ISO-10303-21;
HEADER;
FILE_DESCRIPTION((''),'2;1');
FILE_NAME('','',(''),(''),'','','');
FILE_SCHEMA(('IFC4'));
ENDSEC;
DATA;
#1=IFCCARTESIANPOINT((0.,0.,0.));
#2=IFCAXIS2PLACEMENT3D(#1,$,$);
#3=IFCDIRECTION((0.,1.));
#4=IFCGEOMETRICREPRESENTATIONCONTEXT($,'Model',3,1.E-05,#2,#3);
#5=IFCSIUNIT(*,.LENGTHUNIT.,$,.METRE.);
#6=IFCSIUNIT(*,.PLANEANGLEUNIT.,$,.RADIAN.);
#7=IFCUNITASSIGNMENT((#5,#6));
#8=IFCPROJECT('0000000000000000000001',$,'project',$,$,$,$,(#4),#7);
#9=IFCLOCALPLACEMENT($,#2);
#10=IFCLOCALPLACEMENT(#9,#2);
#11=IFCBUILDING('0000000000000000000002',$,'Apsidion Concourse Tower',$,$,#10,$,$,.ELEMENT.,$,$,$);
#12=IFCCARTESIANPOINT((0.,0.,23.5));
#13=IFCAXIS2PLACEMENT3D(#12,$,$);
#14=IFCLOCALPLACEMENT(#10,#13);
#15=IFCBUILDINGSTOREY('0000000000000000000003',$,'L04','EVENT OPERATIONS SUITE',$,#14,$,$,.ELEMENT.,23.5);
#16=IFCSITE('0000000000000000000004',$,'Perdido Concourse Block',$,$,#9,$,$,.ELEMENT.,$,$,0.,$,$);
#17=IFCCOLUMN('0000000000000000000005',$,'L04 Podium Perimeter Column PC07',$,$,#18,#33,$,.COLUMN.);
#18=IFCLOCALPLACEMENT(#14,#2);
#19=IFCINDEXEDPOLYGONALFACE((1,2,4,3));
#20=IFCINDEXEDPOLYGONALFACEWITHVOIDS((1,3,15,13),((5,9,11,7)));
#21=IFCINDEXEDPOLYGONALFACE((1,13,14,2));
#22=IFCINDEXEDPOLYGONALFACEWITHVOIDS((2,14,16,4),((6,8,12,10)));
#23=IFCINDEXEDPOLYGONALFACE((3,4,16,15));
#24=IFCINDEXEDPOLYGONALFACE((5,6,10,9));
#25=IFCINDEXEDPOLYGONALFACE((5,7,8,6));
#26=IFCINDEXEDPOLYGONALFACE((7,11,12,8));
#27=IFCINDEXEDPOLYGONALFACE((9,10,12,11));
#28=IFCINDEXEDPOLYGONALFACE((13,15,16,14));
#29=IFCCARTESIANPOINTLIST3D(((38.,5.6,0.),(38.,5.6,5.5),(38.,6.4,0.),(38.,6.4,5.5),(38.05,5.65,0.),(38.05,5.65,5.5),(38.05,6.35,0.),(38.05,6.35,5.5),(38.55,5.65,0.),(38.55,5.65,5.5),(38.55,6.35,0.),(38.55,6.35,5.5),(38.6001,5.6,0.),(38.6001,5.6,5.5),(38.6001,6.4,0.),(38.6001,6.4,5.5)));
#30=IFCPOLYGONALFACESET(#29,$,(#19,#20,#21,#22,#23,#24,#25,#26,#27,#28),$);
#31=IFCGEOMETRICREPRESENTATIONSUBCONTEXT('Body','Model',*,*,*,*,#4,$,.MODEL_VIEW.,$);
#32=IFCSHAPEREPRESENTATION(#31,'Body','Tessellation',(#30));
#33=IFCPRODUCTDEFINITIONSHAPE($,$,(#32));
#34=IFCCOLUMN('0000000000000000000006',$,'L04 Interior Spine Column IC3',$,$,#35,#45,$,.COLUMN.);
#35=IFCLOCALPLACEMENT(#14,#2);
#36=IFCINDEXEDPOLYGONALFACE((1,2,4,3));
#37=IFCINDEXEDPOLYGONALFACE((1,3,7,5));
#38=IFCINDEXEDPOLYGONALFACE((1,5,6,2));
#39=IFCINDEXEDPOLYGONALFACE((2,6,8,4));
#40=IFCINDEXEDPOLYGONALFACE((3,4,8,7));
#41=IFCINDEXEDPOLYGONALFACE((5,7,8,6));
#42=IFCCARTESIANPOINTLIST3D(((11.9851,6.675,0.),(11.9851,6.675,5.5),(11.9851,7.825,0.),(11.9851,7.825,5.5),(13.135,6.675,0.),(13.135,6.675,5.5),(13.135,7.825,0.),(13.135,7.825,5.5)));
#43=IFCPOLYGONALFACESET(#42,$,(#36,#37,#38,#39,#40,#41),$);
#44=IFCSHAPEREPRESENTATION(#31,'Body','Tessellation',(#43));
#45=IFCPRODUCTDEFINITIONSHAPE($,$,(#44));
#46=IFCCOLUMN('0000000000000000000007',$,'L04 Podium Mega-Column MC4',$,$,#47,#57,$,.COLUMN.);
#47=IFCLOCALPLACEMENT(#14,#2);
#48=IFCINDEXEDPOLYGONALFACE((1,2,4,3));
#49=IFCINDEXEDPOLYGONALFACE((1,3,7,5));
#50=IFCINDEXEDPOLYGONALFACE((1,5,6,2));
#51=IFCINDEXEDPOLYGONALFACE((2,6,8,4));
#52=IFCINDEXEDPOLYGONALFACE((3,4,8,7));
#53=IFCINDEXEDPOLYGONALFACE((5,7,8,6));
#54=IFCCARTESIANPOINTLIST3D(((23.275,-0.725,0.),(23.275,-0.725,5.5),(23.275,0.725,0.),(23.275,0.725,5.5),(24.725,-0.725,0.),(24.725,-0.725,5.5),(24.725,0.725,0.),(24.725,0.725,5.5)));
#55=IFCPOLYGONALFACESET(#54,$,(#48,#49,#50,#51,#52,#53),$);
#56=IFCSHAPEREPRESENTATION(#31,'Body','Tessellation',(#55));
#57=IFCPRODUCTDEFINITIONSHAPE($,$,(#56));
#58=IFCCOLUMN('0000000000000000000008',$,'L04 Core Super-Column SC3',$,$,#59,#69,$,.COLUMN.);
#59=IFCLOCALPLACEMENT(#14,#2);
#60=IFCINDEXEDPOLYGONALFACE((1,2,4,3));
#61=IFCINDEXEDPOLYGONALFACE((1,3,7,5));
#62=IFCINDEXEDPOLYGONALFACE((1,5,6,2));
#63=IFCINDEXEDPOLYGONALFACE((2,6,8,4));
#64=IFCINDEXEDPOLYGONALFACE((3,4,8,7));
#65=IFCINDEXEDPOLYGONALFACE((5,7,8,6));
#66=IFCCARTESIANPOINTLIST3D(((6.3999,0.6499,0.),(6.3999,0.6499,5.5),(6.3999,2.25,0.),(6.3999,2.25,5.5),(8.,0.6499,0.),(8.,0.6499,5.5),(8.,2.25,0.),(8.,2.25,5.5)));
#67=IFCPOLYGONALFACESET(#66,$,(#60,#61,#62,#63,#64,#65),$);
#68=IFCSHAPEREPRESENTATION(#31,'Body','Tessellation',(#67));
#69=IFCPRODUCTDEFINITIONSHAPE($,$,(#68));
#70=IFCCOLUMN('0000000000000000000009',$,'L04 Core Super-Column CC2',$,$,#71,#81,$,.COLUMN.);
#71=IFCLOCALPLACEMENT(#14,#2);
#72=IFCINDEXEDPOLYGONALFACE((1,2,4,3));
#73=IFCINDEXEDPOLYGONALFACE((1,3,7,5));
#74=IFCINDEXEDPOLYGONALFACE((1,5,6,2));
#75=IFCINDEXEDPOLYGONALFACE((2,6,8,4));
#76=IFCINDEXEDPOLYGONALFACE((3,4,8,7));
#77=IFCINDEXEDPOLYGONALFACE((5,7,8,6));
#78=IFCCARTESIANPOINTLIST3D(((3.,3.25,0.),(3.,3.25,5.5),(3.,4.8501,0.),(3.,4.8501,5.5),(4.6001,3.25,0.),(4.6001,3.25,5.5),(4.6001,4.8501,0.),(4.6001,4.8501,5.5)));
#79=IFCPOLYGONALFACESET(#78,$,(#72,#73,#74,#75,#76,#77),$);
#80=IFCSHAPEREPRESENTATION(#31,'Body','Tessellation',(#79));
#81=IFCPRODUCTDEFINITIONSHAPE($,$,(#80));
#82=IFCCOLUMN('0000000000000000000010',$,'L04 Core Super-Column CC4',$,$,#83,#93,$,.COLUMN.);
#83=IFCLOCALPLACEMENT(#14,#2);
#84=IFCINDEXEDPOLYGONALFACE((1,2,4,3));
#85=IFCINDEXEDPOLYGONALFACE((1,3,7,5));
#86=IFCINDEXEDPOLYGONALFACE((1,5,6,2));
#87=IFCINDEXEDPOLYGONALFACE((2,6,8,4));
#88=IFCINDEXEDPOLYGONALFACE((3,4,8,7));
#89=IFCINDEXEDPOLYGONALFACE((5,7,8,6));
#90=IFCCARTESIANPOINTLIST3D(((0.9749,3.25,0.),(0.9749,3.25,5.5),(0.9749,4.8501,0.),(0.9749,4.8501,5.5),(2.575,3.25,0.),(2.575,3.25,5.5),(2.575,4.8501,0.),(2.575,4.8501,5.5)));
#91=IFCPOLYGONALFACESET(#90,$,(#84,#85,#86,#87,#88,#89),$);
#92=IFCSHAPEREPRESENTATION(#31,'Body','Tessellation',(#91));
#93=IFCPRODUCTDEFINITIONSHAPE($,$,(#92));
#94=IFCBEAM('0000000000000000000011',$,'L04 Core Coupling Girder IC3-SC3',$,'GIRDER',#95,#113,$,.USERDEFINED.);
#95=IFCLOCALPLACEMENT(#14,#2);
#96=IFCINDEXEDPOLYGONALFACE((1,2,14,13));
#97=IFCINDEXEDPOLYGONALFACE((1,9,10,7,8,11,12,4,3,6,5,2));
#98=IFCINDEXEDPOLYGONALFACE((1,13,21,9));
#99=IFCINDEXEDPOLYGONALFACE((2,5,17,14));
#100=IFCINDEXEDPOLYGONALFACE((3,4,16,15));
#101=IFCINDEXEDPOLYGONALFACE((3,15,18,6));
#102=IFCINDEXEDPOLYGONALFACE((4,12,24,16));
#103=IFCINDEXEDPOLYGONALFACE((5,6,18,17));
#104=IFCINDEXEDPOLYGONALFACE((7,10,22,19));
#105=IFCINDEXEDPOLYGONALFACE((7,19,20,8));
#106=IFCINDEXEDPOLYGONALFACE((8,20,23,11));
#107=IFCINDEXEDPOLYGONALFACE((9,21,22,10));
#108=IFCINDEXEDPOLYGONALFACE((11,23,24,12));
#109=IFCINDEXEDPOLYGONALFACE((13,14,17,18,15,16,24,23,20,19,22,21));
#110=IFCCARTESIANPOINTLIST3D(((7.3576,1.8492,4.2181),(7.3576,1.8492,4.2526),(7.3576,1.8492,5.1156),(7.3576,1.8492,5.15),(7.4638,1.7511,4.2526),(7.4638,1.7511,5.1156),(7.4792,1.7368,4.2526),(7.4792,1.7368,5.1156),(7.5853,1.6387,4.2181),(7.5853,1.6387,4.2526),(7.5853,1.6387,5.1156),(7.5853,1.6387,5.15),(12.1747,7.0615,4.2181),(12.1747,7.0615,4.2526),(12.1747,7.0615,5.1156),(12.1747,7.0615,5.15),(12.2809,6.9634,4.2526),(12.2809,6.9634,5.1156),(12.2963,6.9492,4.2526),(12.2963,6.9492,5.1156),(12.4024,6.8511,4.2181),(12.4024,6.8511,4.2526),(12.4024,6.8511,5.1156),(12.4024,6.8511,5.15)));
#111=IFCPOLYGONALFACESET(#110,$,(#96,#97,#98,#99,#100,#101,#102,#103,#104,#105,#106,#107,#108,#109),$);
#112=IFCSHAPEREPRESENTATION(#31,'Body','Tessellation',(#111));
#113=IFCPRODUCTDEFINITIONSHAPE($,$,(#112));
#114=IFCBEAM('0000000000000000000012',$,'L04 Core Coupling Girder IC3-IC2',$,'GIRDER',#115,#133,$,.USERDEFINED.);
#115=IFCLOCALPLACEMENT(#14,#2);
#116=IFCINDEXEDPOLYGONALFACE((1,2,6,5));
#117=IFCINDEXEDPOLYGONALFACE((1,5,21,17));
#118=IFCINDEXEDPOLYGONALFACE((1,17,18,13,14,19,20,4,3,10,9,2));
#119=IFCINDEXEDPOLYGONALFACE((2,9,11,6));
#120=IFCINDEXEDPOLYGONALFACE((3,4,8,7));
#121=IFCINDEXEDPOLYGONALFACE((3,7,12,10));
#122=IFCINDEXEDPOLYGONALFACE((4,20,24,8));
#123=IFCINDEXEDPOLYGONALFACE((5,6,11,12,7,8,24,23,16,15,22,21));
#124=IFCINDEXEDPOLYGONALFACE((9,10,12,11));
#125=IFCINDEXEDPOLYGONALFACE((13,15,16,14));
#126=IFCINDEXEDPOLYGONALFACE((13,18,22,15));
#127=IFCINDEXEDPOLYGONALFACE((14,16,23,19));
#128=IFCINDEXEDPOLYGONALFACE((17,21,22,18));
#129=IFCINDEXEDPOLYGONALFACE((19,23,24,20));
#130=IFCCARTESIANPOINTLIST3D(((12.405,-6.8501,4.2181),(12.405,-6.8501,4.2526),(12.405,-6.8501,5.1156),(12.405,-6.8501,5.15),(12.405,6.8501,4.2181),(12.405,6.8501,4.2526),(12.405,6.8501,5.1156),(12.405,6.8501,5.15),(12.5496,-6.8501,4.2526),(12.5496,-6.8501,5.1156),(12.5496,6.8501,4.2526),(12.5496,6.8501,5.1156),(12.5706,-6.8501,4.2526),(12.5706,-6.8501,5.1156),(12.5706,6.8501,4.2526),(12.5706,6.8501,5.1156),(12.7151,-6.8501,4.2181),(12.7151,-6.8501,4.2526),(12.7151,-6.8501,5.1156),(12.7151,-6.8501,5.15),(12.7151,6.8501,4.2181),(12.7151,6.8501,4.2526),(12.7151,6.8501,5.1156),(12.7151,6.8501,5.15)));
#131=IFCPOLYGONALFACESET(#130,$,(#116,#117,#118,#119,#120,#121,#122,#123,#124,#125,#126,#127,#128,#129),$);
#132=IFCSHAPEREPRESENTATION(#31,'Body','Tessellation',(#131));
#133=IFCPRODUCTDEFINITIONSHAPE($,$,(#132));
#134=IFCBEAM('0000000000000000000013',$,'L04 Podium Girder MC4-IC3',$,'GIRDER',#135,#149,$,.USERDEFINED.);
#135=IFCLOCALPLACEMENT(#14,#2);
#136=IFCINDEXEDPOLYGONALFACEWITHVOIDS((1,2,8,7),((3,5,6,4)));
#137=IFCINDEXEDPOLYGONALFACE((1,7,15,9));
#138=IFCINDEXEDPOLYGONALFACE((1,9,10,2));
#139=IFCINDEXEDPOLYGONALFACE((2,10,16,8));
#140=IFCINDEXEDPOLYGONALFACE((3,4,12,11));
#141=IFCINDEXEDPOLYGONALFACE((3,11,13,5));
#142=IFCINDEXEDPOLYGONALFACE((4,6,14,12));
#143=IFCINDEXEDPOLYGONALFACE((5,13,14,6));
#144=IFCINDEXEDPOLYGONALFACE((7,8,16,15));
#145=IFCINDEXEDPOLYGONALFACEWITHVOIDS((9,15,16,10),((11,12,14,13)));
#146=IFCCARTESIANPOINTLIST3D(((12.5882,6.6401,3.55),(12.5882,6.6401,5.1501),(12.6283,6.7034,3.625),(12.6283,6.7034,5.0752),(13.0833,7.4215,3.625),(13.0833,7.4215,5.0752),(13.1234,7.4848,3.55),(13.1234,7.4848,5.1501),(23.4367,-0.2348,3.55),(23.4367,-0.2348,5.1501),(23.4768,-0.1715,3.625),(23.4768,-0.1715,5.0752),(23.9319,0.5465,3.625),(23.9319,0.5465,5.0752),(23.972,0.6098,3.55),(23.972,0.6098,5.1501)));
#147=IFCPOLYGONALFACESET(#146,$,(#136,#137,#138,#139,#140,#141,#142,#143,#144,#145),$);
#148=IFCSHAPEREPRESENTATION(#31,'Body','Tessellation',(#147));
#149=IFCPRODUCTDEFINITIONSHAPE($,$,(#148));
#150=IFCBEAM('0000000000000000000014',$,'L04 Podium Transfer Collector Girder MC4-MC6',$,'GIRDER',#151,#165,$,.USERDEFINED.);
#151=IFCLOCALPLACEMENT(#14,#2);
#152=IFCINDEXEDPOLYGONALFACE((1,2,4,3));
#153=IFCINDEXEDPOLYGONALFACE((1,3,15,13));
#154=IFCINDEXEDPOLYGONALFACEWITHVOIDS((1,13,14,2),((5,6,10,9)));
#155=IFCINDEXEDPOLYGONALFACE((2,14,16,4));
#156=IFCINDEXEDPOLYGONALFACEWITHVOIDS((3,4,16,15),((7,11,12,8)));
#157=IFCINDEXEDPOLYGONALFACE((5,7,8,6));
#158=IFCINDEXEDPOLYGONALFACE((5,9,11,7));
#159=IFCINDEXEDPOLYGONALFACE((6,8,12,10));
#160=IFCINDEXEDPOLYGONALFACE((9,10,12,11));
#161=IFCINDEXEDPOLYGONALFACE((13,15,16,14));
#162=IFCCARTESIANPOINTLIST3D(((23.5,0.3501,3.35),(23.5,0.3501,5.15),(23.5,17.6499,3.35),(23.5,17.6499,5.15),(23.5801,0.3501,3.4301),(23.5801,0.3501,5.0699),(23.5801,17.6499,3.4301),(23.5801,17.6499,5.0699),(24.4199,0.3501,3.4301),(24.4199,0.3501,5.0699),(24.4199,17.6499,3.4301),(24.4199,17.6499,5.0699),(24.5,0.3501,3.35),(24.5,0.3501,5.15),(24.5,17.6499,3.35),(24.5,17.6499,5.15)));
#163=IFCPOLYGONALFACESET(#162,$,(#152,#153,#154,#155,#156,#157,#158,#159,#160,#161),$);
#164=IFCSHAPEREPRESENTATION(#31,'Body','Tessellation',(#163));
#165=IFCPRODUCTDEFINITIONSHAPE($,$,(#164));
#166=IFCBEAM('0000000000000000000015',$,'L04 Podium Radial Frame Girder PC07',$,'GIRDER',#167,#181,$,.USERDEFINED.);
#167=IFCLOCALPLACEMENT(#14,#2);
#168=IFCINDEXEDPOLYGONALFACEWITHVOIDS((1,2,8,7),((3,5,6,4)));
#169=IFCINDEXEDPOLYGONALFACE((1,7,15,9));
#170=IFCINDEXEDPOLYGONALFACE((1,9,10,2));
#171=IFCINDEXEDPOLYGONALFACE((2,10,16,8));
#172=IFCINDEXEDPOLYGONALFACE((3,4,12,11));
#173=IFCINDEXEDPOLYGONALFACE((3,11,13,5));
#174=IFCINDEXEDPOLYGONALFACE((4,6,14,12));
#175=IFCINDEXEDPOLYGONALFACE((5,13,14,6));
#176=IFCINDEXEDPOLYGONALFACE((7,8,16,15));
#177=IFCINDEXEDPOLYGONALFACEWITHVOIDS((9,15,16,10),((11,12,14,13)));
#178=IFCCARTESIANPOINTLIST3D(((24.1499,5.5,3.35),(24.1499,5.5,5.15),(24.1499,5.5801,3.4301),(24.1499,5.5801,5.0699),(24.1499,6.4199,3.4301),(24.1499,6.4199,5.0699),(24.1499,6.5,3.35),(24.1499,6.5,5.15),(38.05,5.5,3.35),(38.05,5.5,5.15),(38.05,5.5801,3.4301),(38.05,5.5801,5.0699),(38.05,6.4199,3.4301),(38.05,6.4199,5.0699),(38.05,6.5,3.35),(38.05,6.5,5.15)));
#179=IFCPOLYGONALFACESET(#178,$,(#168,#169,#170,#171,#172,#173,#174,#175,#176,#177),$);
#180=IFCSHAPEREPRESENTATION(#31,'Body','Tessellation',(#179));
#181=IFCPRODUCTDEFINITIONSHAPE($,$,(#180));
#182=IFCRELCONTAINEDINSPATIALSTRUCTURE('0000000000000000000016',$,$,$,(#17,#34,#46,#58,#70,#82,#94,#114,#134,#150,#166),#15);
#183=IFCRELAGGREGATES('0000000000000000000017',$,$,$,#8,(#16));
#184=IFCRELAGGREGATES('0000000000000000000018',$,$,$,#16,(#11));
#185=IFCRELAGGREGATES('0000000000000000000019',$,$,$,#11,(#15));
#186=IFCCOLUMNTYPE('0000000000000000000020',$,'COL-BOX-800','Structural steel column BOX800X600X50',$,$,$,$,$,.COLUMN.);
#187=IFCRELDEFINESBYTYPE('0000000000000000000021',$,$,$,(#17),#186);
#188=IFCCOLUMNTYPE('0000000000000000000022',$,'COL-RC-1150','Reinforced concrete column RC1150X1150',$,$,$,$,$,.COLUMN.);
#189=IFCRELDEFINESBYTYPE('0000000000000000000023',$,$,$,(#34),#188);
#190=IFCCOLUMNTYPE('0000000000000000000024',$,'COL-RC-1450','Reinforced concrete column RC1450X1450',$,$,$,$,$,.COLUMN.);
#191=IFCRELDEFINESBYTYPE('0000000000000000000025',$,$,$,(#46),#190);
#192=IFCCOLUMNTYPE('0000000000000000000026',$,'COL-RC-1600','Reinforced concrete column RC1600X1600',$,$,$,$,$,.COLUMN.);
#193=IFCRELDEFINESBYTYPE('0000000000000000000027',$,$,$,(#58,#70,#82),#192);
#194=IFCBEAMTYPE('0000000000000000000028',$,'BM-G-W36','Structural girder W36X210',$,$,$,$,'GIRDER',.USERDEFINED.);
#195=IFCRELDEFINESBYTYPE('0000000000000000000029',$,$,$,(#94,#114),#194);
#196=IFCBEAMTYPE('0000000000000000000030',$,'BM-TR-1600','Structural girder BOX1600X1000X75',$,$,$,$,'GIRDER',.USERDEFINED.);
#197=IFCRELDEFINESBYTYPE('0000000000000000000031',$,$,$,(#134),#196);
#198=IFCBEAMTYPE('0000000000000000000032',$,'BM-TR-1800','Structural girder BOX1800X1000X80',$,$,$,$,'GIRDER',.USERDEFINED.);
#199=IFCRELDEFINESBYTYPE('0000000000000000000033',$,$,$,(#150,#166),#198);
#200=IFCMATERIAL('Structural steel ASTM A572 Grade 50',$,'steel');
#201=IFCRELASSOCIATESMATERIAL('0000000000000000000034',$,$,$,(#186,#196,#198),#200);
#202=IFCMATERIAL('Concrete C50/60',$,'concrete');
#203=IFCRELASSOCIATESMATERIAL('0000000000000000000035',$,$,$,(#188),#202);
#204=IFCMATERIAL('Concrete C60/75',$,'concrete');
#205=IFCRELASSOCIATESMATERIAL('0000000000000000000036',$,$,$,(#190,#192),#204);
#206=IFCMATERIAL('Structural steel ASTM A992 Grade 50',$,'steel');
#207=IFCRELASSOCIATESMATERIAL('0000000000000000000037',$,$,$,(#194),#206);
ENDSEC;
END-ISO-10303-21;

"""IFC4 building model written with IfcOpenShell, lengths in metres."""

from ifc_helpers import new_model, si_unit, direction, frame, origin, origin_2d, place, context, subcontext, project, spatial, rectangle, hollow_rectangle, i_section, extrude, material, material_profile, profile_set, type_object, element, save


model = new_model("IFC4")

# Units and contexts
model_context = context("Model", 3, precision=1e-05, world=origin(), true_north=direction((0.0, 1.0)))
body_context = subcontext(model_context, "Body", "Model", "MODEL_VIEW")
ifc_project = project(units=[si_unit("LENGTHUNIT", "METRE"), si_unit("PLANEANGLEUNIT", "RADIAN")], contexts=[model_context])

# Site, building, storey
site_placement = place(None, origin())
site = spatial("IfcSite", under=ifc_project, at=site_placement, Name="Perdido Concourse Block", CompositionType="ELEMENT", RefElevation=0.0)
building_placement = place(site_placement, origin())
building = spatial("IfcBuilding", under=site, at=building_placement, Name="Apsidion Concourse Tower", CompositionType="ELEMENT")
storey_placement = place(building_placement, frame((0.0, 0.0, 23.5)))
storey = spatial("IfcBuildingStorey", under=building, at=storey_placement, Name="L04", Description="EVENT OPERATIONS SUITE", CompositionType="ELEMENT", Elevation=23.5)

# Columns
ifc_material_1 = material(Name="Structural steel ASTM A572 Grade 50", Category="steel")
ifc_material_profile_1 = material_profile(ifc_material_1, hollow_rectangle(XDim=0.6001, YDim=0.8, WallThickness=0.05, at=origin_2d()), Name="BOX800X600X50")
ifc_profile_set_1 = profile_set([ifc_material_profile_1], Name="Structural steel ASTM A572 Grade 50")
column_type_1 = type_object("IfcColumnType", Name="COL-BOX-800", Description="Structural steel column BOX800X600X50", PredefinedType="COLUMN", material=ifc_profile_set_1)
column_1_placement = place(storey_placement, frame((38.3, 6.0, 0.0), z_axis=(0.0, 0.0, 1.0), x_axis=(1.0, 0.0, 0.0)))
element("IfcColumn", 1, at=column_1_placement, inside=storey, type_object=column_type_1, Name="L04 Podium Perimeter Column PC07", PredefinedType="COLUMN", context=body_context, shape_type="SweptSolid", body=[
    extrude(hollow_rectangle(XDim=0.6001, YDim=0.8, WallThickness=0.05, at=origin_2d()), origin(), (0.0, 0.0, 1.0), 5.5),
])
ifc_material_2 = material(Name="Concrete C50/60", Category="concrete")
ifc_material_profile_2 = material_profile(ifc_material_2, rectangle(XDim=1.1499, YDim=1.1499, at=origin_2d()), Name="RC 1150x1150")
ifc_profile_set_2 = profile_set([ifc_material_profile_2], Name="Concrete C50/60")
column_type_2 = type_object("IfcColumnType", Name="COL-RC-1150", Description="Reinforced concrete column RC1150X1150", PredefinedType="COLUMN", material=ifc_profile_set_2)
column_2_placement = place(storey_placement, frame((12.5601, 7.25, 0.0), z_axis=(0.0, 0.0, 1.0), x_axis=(1.0, 0.0, 0.0)))
element("IfcColumn", 2, at=column_2_placement, inside=storey, type_object=column_type_2, Name="L04 Interior Spine Column IC3", PredefinedType="COLUMN", context=body_context, shape_type="SweptSolid", body=[
    extrude(rectangle(XDim=1.1499, YDim=1.1499, at=origin_2d()), origin(), (0.0, 0.0, 1.0), 5.5),
])
ifc_material_3 = material(Name="Concrete C60/75", Category="concrete")
ifc_material_profile_3 = material_profile(ifc_material_3, rectangle(XDim=1.45, YDim=1.45, at=origin_2d()), Name="RC 1450x1450")
ifc_profile_set_3 = profile_set([ifc_material_profile_3], Name="Concrete C60/75")
column_type_3 = type_object("IfcColumnType", Name="COL-RC-1450", Description="Reinforced concrete column RC1450X1450", PredefinedType="COLUMN", material=ifc_profile_set_3)
column_3_placement = place(storey_placement, frame((24.0, 0.0, 0.0), z_axis=(0.0, 0.0, 1.0), x_axis=(1.0, 0.0, 0.0)))
element("IfcColumn", 3, at=column_3_placement, inside=storey, type_object=column_type_3, Name="L04 Podium Mega-Column MC4", PredefinedType="COLUMN", context=body_context, shape_type="SweptSolid", body=[
    extrude(rectangle(XDim=1.45, YDim=1.45, at=origin_2d()), origin(), (0.0, 0.0, 1.0), 5.5),
])
ifc_material_profile_4 = material_profile(ifc_material_3, rectangle(XDim=1.6001, YDim=1.6001, at=origin_2d()), Name="RC 1600x1600")
ifc_profile_set_4 = profile_set([ifc_material_profile_4], Name="Concrete C60/75")
column_type_4 = type_object("IfcColumnType", Name="COL-RC-1600", Description="Reinforced concrete column RC1600X1600", PredefinedType="COLUMN", material=ifc_profile_set_4)
for number, where, z_axis, x_axis, name in (
    (4, (7.2, 1.45, 0.0), (0.0, 0.0, 1.0), (1.0, 0.0, 0.0), "L04 Core Super-Column SC3"),
    (5, (3.8, 4.05, 0.0), (0.0, 0.0, 1.0), (1.0, 0.0, 0.0), "L04 Core Super-Column CC2"),
    (6, (1.7749, 4.05, 0.0), (0.0, 0.0, 1.0), (1.0, 0.0, 0.0), "L04 Core Super-Column CC4"),
):
    element("IfcColumn", number, at=place(storey_placement, frame(where, z_axis=z_axis, x_axis=x_axis)), inside=storey, type_object=column_type_4, Name=name, PredefinedType="COLUMN", context=body_context, shape_type="SweptSolid", body=[
        extrude(rectangle(XDim=1.6001, YDim=1.6001, at=origin_2d()), origin(), (0.0, 0.0, 1.0), 5.5),
    ])

# Beams
ifc_material_4 = material(Name="Structural steel ASTM A992 Grade 50", Category="steel")
ifc_material_profile_5 = material_profile(ifc_material_4, i_section(OverallWidth=0.3101, OverallDepth=0.9319, WebThickness=0.021, FlangeThickness=0.0344, at=origin_2d()), Name="W36X210")
ifc_profile_set_5 = profile_set([ifc_material_profile_5], Name="Structural steel ASTM A992 Grade 50")
beam_type_1 = type_object("IfcBeamType", Name="BM-G-W36", Description="Structural girder W36X210", ElementType="GIRDER", PredefinedType="USERDEFINED", material=ifc_profile_set_5)
beam_1_placement = place(storey_placement, frame((12.2886, 6.9563, 4.6841), z_axis=(-0.678713, -0.734404, 0.0), x_axis=(0.734404, -0.678713, 0.0)))
element("IfcBeam", 7, at=beam_1_placement, inside=storey, type_object=beam_type_1, Name="L04 Core Coupling Girder IC3-SC3", ObjectType="GIRDER", PredefinedType="USERDEFINED", context=body_context, shape_type="SweptSolid", body=[
    extrude(i_section(OverallWidth=0.3101, OverallDepth=0.9319, WebThickness=0.021, FlangeThickness=0.0344, at=origin_2d()), origin(), (0.0, 0.0, 1.0), 7.0974),
])
beam_2_placement = place(storey_placement, frame((12.5601, 6.8501, 4.6841), z_axis=(0.0, -1.0, 0.0), x_axis=(1.0, 0.0, 0.0)))
element("IfcBeam", 8, at=beam_2_placement, inside=storey, type_object=beam_type_1, Name="L04 Core Coupling Girder IC3-IC2", ObjectType="GIRDER", PredefinedType="USERDEFINED", context=body_context, shape_type="SweptSolid", body=[
    extrude(i_section(OverallWidth=0.3101, OverallDepth=0.9319, WebThickness=0.021, FlangeThickness=0.0344, at=origin_2d()), origin(), (0.0, 0.0, 1.0), 13.7002),
])
ifc_material_profile_6 = material_profile(ifc_material_1, hollow_rectangle(XDim=1.0, YDim=1.6001, WallThickness=0.075, at=origin_2d()), Name="BOX1600X1000X75")
ifc_profile_set_6 = profile_set([ifc_material_profile_6], Name="Structural steel ASTM A572 Grade 50")
beam_type_2 = type_object("IfcBeamType", Name="BM-TR-1600", Description="Structural girder BOX1600X1000X75", ElementType="GIRDER", PredefinedType="USERDEFINED", material=ifc_profile_set_6)
beam_3_placement = place(storey_placement, frame((23.7043, 0.1875, 4.3501), z_axis=(-0.844671, 0.535285, 0.0), x_axis=(-0.535285, -0.844671, 0.0)))
element("IfcBeam", 9, at=beam_3_placement, inside=storey, type_object=beam_type_2, Name="L04 Podium Girder MC4-IC3", ObjectType="GIRDER", PredefinedType="USERDEFINED", context=body_context, shape_type="SweptSolid", body=[
    extrude(hollow_rectangle(XDim=1.0, YDim=1.6001, WallThickness=0.075, at=origin_2d()), origin(), (0.0, 0.0, 1.0), 12.8435),
])
ifc_material_profile_7 = material_profile(ifc_material_1, hollow_rectangle(XDim=1.0, YDim=1.8, WallThickness=0.0801, at=origin_2d()), Name="BOX1800X1000X80")
ifc_profile_set_7 = profile_set([ifc_material_profile_7], Name="Structural steel ASTM A572 Grade 50")
beam_type_3 = type_object("IfcBeamType", Name="BM-TR-1800", Description="Structural girder BOX1800X1000X80", ElementType="GIRDER", PredefinedType="USERDEFINED", material=ifc_profile_set_7)
beam_4_placement = place(storey_placement, frame((24.0, 0.3501, 4.25), z_axis=(0.0, 1.0, 0.0), x_axis=(-1.0, 0.0, 0.0)))
element("IfcBeam", 10, at=beam_4_placement, inside=storey, type_object=beam_type_3, Name="L04 Podium Transfer Collector Girder MC4-MC6", ObjectType="GIRDER", PredefinedType="USERDEFINED", context=body_context, shape_type="SweptSolid", body=[
    extrude(hollow_rectangle(XDim=1.0, YDim=1.8, WallThickness=0.0801, at=origin_2d()), origin(), (0.0, 0.0, 1.0), 17.2998),
])
beam_5_placement = place(storey_placement, frame((38.05, 6.0, 4.25), z_axis=(-1.0, 0.0, 0.0), x_axis=(0.0, -1.0, 0.0)))
element("IfcBeam", 11, at=beam_5_placement, inside=storey, type_object=beam_type_3, Name="L04 Podium Radial Frame Girder PC07", ObjectType="GIRDER", PredefinedType="USERDEFINED", context=body_context, shape_type="SweptSolid", body=[
    extrude(hollow_rectangle(XDim=1.0, YDim=1.8, WallThickness=0.0801, at=origin_2d()), origin(), (0.0, 0.0, 1.0), 13.9001),
])

save(model, "model.ifc")
